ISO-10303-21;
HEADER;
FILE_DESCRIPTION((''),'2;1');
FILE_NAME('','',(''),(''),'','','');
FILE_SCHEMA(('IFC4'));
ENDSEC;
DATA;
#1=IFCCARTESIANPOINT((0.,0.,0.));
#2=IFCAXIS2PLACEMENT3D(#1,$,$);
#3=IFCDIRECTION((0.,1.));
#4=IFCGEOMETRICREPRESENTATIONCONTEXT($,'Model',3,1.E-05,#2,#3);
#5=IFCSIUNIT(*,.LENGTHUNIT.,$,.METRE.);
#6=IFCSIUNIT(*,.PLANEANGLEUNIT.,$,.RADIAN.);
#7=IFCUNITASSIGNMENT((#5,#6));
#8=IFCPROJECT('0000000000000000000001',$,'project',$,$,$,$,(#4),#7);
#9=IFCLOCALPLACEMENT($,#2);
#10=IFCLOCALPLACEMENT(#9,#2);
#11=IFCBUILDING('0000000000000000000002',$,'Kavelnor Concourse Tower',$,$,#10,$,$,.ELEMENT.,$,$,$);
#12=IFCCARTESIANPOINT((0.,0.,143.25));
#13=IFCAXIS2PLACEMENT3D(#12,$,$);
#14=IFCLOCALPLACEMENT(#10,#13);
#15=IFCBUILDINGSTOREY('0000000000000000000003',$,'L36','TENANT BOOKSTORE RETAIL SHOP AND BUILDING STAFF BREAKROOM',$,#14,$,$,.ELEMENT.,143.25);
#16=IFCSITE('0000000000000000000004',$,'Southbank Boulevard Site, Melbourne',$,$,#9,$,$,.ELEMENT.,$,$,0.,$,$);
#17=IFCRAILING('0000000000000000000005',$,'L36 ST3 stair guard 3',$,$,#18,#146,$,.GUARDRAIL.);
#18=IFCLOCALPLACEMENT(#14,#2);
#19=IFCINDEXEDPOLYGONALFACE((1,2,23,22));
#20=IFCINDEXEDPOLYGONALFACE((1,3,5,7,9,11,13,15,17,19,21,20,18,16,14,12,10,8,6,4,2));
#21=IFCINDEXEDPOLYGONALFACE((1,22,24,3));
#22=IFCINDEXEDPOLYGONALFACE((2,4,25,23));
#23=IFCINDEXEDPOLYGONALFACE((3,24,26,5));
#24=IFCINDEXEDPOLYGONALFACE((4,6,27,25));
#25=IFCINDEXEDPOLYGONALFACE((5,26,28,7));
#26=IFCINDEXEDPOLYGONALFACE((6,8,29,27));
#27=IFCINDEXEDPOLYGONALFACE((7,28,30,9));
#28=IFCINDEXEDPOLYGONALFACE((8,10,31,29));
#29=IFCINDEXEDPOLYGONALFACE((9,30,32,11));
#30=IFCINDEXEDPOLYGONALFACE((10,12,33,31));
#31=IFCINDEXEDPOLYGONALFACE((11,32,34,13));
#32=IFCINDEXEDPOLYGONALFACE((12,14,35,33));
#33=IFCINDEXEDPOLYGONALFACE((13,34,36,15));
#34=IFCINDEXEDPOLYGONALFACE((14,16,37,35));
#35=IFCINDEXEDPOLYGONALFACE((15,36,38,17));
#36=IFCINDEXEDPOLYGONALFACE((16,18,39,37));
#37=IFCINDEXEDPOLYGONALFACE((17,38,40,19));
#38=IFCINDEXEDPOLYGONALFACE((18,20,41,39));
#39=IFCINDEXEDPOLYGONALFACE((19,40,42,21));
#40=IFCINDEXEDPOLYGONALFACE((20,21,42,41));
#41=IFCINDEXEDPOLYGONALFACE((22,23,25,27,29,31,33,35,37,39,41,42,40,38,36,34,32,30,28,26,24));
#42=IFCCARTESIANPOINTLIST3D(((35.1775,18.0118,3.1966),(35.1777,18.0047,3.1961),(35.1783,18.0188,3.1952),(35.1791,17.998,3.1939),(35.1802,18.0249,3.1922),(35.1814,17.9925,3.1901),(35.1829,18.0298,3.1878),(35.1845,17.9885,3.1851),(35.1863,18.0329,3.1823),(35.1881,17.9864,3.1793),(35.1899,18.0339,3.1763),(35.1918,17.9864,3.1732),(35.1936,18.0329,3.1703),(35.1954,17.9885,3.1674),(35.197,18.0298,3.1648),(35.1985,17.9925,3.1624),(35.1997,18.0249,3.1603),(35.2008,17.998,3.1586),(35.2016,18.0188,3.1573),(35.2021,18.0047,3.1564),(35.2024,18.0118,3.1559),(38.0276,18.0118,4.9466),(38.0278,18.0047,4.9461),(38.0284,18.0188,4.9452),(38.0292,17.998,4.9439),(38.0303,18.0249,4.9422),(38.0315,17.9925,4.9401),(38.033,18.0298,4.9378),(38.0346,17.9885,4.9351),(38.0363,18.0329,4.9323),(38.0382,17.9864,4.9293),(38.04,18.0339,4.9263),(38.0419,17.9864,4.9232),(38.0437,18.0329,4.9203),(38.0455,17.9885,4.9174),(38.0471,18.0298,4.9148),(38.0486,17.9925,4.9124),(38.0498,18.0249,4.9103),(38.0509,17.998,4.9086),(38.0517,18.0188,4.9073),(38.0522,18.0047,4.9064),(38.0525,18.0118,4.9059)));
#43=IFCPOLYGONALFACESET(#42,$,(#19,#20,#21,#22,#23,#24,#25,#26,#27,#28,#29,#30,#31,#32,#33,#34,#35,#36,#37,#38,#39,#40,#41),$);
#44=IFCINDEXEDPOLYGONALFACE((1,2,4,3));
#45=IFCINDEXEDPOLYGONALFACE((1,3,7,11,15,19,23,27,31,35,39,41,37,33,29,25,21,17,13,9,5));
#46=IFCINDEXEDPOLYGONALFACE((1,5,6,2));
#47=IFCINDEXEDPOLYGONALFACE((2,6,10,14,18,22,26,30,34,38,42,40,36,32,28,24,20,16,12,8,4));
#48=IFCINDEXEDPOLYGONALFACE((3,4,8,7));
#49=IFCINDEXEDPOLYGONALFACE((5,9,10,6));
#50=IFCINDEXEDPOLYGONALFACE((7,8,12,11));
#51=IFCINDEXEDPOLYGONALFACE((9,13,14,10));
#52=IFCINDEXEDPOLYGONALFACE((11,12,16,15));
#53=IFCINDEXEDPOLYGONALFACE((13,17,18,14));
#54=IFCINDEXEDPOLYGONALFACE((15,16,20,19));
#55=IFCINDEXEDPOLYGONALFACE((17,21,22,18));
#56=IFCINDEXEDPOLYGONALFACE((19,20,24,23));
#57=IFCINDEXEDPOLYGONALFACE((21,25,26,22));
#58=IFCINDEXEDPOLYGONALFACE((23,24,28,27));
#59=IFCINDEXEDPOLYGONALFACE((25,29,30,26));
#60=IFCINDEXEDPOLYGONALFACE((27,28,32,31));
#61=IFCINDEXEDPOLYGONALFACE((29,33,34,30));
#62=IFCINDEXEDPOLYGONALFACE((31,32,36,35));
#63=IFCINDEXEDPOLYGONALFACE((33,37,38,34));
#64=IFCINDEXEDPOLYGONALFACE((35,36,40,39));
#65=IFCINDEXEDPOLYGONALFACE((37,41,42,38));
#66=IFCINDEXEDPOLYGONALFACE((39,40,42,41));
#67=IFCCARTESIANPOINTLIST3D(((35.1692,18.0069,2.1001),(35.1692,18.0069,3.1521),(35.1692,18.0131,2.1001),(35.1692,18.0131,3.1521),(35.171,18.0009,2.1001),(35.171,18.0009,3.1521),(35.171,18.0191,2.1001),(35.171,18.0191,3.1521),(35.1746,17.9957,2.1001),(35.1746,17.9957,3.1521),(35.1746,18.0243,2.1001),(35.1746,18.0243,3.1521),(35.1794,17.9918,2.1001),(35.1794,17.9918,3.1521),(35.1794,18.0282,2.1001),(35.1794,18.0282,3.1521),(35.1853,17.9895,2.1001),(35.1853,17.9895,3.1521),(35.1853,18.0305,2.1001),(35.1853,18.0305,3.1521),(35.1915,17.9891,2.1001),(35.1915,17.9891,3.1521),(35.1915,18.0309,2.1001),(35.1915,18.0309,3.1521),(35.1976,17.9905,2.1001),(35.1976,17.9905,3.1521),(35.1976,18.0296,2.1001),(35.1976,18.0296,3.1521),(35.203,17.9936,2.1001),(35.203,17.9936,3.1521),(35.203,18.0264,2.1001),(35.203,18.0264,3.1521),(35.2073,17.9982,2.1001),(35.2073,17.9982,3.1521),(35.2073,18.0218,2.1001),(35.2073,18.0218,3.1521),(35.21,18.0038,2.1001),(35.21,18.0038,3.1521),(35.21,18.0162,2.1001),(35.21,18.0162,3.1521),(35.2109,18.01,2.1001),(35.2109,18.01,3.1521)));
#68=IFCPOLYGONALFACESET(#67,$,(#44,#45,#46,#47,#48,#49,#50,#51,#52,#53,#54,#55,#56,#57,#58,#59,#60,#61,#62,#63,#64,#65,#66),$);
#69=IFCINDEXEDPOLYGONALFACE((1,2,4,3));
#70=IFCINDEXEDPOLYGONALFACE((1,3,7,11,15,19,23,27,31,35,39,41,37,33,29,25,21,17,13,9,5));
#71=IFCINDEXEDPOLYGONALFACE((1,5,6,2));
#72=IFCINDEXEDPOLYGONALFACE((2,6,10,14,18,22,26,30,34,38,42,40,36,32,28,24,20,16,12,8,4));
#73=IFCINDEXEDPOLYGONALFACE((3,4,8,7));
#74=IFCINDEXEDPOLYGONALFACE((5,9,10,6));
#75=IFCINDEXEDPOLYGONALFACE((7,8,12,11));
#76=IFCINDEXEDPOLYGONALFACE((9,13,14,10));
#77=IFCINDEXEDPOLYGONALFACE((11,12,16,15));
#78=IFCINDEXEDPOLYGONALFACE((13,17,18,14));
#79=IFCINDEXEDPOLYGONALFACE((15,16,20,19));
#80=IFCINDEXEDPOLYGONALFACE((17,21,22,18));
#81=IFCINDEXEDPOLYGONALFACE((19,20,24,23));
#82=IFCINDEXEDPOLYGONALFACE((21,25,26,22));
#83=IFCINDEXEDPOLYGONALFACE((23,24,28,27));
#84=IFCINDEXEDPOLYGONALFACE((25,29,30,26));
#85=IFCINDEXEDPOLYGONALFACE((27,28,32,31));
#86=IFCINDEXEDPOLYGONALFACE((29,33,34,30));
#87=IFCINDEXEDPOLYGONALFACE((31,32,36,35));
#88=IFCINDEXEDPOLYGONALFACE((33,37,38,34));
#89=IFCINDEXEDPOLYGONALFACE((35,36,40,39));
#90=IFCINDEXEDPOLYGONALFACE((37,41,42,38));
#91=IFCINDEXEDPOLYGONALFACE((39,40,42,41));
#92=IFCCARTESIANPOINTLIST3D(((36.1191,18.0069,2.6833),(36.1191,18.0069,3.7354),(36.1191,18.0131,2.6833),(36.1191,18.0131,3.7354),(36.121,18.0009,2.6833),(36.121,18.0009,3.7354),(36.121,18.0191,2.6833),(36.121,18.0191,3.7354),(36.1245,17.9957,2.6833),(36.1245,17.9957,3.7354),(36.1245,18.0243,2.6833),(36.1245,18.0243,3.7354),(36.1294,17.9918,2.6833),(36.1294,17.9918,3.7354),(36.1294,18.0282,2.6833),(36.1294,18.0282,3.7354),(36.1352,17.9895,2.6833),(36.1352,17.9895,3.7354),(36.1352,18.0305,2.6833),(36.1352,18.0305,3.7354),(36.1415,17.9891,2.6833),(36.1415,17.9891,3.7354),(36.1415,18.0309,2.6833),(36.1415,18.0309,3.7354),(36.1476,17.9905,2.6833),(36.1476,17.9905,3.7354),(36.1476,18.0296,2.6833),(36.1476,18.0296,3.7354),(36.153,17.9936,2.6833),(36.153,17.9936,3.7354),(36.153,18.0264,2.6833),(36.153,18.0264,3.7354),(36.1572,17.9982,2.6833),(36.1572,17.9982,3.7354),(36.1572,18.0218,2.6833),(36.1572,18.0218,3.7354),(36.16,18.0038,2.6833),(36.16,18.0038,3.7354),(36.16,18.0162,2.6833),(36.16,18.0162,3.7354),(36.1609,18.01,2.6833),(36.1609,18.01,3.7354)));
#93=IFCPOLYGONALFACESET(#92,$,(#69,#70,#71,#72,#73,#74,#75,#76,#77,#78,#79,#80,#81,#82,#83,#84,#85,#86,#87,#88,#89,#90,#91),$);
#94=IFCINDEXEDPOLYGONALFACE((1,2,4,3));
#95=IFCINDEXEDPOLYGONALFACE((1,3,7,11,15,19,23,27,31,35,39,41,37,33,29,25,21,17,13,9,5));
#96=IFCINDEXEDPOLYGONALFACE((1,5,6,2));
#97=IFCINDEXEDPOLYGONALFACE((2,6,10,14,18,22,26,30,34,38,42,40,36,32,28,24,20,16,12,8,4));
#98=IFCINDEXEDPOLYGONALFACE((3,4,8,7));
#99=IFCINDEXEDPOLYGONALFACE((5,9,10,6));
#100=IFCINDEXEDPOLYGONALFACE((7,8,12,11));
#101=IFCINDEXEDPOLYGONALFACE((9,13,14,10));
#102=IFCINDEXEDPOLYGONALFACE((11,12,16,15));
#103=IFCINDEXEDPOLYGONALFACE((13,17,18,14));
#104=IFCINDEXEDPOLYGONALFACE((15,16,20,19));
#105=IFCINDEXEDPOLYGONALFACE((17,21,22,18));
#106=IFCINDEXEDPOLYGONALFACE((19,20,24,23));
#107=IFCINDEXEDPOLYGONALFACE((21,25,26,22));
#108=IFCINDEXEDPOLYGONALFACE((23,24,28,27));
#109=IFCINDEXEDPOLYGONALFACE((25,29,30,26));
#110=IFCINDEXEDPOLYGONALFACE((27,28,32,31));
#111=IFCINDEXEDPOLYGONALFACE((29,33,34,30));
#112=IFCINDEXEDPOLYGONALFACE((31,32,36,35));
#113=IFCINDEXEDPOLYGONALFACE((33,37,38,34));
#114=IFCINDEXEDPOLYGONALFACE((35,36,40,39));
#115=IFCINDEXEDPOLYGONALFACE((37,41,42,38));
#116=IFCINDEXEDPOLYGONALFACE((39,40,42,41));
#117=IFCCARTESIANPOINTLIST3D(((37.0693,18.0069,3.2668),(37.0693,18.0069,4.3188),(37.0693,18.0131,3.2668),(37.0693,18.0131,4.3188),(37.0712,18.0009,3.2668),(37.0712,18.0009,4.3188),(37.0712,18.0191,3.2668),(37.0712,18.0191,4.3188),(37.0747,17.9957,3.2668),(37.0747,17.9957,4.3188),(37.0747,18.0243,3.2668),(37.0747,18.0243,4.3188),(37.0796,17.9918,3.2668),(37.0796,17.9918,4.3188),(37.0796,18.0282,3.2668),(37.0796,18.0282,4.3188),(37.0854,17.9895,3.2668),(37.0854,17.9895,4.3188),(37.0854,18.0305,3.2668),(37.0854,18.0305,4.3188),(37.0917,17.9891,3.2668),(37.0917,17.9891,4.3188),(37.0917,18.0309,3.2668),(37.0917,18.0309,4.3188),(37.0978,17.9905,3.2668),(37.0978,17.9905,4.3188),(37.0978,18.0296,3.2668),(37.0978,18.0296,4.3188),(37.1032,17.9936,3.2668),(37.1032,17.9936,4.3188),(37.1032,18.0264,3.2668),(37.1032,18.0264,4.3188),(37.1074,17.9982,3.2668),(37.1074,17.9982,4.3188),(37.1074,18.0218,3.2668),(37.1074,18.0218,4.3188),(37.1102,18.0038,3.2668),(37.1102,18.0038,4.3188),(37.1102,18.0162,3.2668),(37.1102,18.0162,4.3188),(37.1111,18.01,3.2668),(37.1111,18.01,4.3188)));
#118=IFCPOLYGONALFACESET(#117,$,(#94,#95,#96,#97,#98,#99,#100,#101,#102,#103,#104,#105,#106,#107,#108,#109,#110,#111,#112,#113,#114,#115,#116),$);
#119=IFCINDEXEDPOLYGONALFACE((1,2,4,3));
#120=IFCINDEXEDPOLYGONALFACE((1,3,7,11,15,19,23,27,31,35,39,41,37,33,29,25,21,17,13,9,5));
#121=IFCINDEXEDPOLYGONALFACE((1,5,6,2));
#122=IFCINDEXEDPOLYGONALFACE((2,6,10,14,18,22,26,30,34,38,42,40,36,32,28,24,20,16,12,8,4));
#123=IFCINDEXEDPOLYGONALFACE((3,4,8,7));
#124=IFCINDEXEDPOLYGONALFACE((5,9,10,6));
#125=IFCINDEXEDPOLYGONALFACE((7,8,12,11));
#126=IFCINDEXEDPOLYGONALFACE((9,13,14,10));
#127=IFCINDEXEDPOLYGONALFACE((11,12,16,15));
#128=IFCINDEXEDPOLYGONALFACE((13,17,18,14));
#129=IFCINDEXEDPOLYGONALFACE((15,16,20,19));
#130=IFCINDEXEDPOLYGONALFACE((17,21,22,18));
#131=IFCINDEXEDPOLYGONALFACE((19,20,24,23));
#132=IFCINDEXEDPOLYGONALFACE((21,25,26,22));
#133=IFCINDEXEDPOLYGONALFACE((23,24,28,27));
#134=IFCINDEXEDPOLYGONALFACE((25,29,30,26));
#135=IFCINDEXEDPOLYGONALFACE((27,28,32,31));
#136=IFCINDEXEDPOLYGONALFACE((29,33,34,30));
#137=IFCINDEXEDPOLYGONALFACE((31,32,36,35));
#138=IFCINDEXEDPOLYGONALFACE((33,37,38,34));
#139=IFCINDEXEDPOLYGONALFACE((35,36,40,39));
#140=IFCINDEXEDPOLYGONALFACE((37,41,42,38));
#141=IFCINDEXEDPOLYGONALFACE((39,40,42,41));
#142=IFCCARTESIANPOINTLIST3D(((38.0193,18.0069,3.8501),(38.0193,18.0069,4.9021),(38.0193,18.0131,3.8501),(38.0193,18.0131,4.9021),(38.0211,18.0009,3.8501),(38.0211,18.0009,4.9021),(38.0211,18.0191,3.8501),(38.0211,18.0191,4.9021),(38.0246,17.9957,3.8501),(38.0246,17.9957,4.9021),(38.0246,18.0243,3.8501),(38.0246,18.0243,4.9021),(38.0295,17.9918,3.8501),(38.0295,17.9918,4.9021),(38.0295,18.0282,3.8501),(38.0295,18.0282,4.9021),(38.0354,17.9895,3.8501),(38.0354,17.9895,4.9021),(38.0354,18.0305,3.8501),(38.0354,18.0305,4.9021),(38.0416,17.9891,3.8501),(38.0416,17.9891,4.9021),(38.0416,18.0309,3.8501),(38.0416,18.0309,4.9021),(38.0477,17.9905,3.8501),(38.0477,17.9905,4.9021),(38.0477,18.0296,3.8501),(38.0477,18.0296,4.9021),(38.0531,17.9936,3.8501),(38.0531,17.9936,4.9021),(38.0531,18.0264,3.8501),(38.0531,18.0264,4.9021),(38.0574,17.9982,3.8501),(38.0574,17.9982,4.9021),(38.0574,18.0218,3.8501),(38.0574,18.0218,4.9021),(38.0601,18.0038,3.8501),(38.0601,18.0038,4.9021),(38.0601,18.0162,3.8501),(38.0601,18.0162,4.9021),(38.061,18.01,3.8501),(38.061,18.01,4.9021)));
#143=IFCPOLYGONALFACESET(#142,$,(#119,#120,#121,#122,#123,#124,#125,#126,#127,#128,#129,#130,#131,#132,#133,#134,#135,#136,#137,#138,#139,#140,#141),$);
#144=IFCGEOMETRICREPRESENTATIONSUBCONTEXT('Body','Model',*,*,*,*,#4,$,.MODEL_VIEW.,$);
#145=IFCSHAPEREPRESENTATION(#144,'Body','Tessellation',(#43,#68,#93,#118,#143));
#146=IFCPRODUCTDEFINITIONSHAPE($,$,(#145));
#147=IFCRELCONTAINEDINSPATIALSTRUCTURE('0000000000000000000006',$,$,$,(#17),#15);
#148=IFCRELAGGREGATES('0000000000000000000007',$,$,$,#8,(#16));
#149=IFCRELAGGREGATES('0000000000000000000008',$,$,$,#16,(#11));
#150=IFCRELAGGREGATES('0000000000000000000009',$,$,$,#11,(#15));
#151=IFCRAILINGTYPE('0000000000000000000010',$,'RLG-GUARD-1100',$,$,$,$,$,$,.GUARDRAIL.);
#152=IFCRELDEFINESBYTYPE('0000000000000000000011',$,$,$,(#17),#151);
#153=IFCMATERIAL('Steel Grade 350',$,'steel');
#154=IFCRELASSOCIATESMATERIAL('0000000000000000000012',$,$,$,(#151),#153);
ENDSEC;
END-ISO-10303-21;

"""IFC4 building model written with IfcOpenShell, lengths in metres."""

from ifc_helpers import new_model, si_unit, direction, frame, origin, origin_2d, place, context, subcontext, project, spatial, circle, extrude, material, type_object, element, save


model = new_model("IFC4")

# Units and contexts
model_context = context("Model", 3, precision=1e-05, world=origin(), true_north=direction((0.0, 1.0)))
body_context = subcontext(model_context, "Body", "Model", "MODEL_VIEW")
ifc_project = project(units=[si_unit("LENGTHUNIT", "METRE"), si_unit("PLANEANGLEUNIT", "RADIAN")], contexts=[model_context])

# Site, building, storey
site_placement = place(None, origin())
site = spatial("IfcSite", under=ifc_project, at=site_placement, Name="Southbank Boulevard Site, Melbourne", CompositionType="ELEMENT", RefElevation=0.0)
building_placement = place(site_placement, origin())
building = spatial("IfcBuilding", under=site, at=building_placement, Name="Kavelnor Concourse Tower", CompositionType="ELEMENT")
storey_placement = place(building_placement, frame((0.0, 0.0, 143.25)))
storey = spatial("IfcBuildingStorey", under=building, at=storey_placement, Name="L36", Description="TENANT BOOKSTORE RETAIL SHOP AND BUILDING STAFF BREAKROOM", CompositionType="ELEMENT", Elevation=143.25)

# Shared definitions
ifc_material_1 = material(Name="Steel Grade 350", Category="steel")

# Railing
railing_type_1 = type_object("IfcRailingType", Name="RLG-GUARD-1100", PredefinedType="GUARDRAIL", material=ifc_material_1)
railing_1_placement = place(storey_placement, frame((35.1899, 18.01, 2.1001)))
element("IfcRailing", 1, at=railing_1_placement, inside=storey, type_object=railing_type_1, Name="L36 ST3 stair guard 3", PredefinedType="GUARDRAIL", context=body_context, shape_type="SweptSolid", body=[
    extrude(circle(Radius=0.0239, at=origin_2d()), frame((0.0, 0.0, 1.0762), z_axis=(0.852179, 0.0, 0.52325), x_axis=(0.0, 1.0, 0.0)), (0.0, 0.0, 1.0), 3.3445),
    extrude(circle(Radius=0.021, at=origin_2d()), origin(), (0.0, 0.0, 1.0), 1.052),
    extrude(circle(Radius=0.021, at=origin_2d()), frame((0.95, 0.0, 0.5833)), (0.0, 0.0, 1.0), 1.052),
    extrude(circle(Radius=0.021, at=origin_2d()), frame((1.9001, 0.0, 1.1667)), (0.0, 0.0, 1.0), 1.052),
    extrude(circle(Radius=0.021, at=origin_2d()), frame((2.8501, 0.0, 1.75)), (0.0, 0.0, 1.0), 1.052),
])

save(model, "model.ifc")
